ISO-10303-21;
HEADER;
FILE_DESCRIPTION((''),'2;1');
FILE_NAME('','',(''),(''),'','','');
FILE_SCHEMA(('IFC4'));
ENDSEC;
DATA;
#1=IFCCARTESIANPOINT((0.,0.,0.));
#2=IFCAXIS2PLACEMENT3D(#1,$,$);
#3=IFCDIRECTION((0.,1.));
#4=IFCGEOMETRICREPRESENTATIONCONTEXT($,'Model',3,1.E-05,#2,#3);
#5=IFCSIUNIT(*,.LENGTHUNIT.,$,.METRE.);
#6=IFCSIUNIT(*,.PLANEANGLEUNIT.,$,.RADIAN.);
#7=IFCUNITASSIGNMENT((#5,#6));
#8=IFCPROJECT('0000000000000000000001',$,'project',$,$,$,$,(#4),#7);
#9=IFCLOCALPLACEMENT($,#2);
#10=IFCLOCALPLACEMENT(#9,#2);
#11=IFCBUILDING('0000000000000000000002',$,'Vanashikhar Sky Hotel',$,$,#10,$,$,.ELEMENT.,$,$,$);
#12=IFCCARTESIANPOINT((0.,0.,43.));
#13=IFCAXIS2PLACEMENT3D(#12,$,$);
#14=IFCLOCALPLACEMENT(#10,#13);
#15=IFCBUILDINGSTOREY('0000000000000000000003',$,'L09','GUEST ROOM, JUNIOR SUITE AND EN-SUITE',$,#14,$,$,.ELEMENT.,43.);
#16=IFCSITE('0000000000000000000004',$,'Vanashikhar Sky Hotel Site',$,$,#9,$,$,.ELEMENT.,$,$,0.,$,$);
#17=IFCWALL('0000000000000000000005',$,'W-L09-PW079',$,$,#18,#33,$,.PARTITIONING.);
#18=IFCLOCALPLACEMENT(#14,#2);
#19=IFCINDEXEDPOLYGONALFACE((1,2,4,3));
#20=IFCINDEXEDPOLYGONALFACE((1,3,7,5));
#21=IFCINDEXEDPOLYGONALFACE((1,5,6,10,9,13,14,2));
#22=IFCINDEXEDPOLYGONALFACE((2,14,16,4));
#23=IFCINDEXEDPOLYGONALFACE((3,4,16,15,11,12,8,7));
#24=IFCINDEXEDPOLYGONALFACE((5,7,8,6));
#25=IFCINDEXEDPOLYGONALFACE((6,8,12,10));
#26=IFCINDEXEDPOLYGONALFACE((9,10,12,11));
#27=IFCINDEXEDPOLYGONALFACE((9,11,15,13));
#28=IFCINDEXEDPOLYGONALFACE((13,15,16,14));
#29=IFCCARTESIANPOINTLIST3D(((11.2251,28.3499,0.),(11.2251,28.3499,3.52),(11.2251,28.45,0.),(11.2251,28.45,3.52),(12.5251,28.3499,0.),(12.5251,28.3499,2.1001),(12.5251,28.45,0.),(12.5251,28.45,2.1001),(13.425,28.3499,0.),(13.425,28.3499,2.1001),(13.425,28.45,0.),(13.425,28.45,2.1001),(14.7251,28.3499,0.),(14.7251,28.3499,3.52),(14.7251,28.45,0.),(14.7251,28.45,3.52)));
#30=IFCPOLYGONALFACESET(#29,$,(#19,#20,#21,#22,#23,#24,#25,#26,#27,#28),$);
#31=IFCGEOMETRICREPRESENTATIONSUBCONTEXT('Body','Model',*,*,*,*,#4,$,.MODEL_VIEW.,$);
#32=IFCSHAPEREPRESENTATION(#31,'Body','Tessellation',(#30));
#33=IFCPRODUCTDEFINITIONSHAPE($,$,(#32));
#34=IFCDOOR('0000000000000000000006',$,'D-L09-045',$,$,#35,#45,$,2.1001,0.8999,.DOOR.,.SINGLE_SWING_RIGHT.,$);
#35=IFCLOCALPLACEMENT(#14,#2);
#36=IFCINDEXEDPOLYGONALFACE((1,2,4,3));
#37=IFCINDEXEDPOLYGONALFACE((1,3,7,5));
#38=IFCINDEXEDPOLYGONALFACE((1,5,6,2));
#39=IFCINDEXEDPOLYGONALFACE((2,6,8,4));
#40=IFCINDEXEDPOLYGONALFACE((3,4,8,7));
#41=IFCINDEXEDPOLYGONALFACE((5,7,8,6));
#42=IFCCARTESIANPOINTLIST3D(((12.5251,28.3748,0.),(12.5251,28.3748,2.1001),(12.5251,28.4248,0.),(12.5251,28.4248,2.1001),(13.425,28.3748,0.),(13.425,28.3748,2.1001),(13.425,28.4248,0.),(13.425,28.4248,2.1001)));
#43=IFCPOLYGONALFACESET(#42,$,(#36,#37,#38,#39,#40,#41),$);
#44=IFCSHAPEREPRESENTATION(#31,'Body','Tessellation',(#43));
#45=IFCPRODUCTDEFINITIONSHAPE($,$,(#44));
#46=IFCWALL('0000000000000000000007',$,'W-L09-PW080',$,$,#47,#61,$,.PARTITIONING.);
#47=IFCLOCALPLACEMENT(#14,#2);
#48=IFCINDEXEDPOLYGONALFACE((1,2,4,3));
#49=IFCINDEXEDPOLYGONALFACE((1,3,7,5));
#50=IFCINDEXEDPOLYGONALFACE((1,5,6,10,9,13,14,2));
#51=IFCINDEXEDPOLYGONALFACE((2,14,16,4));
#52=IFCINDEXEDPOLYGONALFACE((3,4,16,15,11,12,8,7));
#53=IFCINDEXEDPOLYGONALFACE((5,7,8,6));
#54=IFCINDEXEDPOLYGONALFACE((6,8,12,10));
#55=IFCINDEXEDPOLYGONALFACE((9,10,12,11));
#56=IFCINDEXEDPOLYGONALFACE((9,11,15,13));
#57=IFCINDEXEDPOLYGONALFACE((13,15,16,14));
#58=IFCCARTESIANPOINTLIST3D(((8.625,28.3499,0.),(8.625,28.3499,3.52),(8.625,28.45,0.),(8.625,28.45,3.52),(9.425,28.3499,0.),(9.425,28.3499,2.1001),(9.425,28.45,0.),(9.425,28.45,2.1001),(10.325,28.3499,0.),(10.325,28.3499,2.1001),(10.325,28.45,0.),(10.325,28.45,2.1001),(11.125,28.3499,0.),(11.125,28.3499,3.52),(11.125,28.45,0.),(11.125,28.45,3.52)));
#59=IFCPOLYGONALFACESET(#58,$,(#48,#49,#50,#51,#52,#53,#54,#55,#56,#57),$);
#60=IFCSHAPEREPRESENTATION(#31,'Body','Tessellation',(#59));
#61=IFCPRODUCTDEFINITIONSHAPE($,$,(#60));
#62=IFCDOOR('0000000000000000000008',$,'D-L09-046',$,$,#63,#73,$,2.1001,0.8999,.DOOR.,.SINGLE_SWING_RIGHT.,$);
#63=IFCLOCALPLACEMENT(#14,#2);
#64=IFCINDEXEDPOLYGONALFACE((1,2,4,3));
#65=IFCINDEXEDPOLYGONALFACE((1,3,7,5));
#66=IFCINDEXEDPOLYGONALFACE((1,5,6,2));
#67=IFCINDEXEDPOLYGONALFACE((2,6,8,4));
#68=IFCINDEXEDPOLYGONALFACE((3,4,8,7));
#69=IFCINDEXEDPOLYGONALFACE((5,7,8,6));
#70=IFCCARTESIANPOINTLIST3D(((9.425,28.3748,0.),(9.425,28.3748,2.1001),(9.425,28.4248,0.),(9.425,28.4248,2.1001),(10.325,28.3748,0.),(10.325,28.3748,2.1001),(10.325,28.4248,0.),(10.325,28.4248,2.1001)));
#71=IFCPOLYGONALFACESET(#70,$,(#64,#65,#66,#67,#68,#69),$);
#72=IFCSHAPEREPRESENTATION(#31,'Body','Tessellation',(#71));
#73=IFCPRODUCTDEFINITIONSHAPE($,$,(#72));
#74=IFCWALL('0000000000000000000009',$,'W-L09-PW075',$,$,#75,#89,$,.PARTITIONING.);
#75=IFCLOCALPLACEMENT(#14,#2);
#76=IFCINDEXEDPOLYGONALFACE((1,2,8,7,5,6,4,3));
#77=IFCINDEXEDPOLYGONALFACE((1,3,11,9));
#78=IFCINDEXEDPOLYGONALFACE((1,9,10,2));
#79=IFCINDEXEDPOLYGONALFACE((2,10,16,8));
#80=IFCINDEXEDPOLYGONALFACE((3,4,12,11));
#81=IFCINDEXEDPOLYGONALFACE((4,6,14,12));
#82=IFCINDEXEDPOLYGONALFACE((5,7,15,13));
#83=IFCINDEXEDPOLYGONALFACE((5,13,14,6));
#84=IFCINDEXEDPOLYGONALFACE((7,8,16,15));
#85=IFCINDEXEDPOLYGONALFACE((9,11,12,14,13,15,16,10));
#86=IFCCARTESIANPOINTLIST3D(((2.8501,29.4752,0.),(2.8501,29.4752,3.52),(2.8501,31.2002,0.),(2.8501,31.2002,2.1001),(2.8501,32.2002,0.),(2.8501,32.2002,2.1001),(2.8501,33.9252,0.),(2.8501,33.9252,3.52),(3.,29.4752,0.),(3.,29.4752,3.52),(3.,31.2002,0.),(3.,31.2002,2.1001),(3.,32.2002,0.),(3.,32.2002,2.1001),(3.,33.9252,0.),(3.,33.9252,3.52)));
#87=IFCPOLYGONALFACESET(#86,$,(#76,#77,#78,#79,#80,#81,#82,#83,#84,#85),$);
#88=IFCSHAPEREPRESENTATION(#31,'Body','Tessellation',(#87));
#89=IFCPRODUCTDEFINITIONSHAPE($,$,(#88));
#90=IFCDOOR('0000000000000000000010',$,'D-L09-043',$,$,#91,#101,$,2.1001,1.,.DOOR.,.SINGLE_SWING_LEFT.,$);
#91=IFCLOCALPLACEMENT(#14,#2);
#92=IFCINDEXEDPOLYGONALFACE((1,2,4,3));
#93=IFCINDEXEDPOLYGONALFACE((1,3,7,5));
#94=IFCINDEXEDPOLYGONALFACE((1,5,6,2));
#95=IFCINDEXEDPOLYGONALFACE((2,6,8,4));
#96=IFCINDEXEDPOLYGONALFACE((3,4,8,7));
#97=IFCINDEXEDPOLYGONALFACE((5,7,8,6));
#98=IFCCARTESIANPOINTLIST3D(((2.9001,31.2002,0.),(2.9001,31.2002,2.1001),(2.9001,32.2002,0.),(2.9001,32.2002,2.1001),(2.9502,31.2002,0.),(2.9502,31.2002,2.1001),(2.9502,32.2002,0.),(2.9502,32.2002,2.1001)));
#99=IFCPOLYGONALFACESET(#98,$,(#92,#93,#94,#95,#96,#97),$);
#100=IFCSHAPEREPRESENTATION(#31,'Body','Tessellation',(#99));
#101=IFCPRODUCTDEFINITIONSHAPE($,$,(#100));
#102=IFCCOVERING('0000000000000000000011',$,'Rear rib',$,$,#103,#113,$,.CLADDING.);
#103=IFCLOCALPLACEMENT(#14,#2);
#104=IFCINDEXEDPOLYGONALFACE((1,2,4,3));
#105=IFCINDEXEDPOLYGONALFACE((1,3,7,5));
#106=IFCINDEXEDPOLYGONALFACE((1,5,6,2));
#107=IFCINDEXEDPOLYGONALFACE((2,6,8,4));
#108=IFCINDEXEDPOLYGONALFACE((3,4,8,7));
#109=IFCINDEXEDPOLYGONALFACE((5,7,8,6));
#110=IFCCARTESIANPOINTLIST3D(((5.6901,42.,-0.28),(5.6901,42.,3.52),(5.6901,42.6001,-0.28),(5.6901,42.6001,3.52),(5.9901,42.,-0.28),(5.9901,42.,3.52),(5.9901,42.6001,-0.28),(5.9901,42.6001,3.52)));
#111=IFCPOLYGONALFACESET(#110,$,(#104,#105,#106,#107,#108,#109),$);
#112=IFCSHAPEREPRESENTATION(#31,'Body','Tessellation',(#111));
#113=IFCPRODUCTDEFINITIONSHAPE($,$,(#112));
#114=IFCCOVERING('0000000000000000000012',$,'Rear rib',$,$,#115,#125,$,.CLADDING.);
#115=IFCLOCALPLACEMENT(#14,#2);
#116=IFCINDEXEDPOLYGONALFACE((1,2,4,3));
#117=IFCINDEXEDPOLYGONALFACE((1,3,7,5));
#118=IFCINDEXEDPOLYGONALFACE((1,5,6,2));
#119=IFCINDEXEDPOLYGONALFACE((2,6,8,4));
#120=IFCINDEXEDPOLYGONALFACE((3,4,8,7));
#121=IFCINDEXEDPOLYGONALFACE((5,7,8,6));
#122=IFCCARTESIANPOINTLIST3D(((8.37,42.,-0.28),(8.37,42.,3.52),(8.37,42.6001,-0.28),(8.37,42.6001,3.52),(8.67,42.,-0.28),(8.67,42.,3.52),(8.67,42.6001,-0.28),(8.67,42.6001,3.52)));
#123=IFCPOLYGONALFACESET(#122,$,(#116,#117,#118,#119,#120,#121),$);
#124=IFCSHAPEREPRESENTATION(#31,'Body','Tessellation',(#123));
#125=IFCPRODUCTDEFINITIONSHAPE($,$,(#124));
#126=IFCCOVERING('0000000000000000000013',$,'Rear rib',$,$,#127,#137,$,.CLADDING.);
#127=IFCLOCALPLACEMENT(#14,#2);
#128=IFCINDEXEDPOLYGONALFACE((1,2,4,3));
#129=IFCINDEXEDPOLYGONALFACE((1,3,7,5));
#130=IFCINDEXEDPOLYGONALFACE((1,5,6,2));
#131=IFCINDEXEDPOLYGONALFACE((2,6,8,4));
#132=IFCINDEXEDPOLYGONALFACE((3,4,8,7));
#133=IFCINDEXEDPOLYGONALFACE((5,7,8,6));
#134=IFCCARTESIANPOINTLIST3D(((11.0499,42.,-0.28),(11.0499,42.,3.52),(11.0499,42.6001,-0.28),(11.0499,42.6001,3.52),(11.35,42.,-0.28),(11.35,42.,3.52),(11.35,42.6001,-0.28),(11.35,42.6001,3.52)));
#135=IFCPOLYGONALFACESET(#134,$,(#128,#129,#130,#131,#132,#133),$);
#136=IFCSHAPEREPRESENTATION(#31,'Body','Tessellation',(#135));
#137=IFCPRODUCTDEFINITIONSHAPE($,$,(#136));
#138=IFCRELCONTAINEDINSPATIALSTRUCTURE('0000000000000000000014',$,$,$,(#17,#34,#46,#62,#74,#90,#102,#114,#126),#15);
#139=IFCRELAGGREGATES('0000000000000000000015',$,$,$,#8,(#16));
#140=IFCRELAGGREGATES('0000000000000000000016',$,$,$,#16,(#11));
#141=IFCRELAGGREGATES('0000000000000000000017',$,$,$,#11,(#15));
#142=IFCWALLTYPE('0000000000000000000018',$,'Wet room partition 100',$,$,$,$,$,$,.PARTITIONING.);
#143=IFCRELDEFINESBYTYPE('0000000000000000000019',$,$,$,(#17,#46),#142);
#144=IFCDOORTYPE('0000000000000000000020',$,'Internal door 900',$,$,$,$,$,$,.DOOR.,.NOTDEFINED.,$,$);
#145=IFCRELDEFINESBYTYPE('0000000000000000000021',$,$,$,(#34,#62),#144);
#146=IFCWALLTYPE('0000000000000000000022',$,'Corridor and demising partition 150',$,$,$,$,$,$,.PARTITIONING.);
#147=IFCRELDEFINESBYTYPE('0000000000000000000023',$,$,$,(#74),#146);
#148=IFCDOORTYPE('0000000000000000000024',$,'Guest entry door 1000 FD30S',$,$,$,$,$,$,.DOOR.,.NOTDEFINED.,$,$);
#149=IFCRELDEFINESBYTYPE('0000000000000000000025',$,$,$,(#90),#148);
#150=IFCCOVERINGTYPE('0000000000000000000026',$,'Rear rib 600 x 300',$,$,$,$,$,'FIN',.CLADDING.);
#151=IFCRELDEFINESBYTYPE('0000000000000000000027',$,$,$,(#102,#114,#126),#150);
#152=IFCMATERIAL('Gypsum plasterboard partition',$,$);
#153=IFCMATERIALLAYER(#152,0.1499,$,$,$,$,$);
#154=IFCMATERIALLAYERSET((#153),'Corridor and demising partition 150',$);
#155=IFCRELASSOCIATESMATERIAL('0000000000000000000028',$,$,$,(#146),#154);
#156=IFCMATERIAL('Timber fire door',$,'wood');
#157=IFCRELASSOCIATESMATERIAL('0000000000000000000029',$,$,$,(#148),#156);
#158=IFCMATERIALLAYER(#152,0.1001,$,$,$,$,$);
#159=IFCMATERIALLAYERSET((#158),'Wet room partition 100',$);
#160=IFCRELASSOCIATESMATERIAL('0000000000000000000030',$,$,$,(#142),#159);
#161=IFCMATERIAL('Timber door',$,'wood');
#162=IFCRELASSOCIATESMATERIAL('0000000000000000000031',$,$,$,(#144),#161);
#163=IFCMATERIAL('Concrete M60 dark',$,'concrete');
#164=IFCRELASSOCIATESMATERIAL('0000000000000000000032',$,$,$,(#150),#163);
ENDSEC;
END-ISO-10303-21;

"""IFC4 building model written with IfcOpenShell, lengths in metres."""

from ifc_helpers import new_model, si_unit, direction, frame, frame_2d, origin, origin_2d, place, context, subcontext, project, spatial, rectangle, extrude, source, transform, mapped, material, layer, layer_set, material_profile, profile_set, type_object, element, fill, save


model = new_model("IFC4")

# Units and contexts
model_context = context("Model", 3, precision=1e-05, world=origin(), true_north=direction((0.0, 1.0)))
body_context = subcontext(model_context, "Body", "Model", "MODEL_VIEW")
ifc_project = project(units=[si_unit("LENGTHUNIT", "METRE"), si_unit("PLANEANGLEUNIT", "RADIAN")], contexts=[model_context])

# Site, building, storey
site_placement = place(None, origin())
site = spatial("IfcSite", under=ifc_project, at=site_placement, Name="Vanashikhar Sky Hotel Site", CompositionType="ELEMENT", RefElevation=0.0)
building_placement = place(site_placement, origin())
building = spatial("IfcBuilding", under=site, at=building_placement, Name="Vanashikhar Sky Hotel", CompositionType="ELEMENT")
storey_placement = place(building_placement, frame((0.0, 0.0, 43.0)))
storey = spatial("IfcBuildingStorey", under=building, at=storey_placement, Name="L09", Description="GUEST ROOM, JUNIOR SUITE AND EN-SUITE", CompositionType="ELEMENT", Elevation=43.0)

# Shared definitions
ifc_material_1 = material(Name="Gypsum plasterboard partition")
ifc_layer_1 = layer(ifc_material_1, 0.1499)
ifc_layer_set_1 = layer_set([ifc_layer_1], Name="Corridor and demising partition 150")
wall_type_1 = type_object("IfcWallType", Name="Corridor and demising partition 150", PredefinedType="PARTITIONING", material=ifc_layer_set_1)

# Walls, openings, doors
shared_shape_1 = source(origin(), body_context, "Body", "SweptSolid", [
    extrude(rectangle(XDim=1.0, YDim=2.1001, at=frame_2d((0.5, 1.05))), frame((0.0, 0.085, 0.0), z_axis=(0.0, -1.0, 0.0), x_axis=(1.0, 0.0, 0.0)), (0.0, 0.0, 1.0), 0.1699),
])
ifc_material_2 = material(Name="Timber fire door", Category="wood")
door_type_1 = type_object("IfcDoorType", Name="Guest entry door 1000 FD30S", OperationType="NOTDEFINED", PredefinedType="DOOR", material=ifc_material_2)
shared_shape_2 = source(origin(), body_context, "Body", "SweptSolid", [
    extrude(rectangle(XDim=1.0, YDim=2.1001, at=frame_2d((0.5, 1.05))), frame((0.0, 0.0249, 0.0), z_axis=(0.0, -1.0, 0.0), x_axis=(1.0, 0.0, 0.0)), (0.0, 0.0, 1.0), 0.05),
])
ifc_layer_2 = layer(ifc_material_1, 0.1001)
ifc_layer_set_2 = layer_set([ifc_layer_2], Name="Wet room partition 100")
wall_type_2 = type_object("IfcWallType", Name="Wet room partition 100", PredefinedType="PARTITIONING", material=ifc_layer_set_2)
shared_shape_3 = source(origin(), body_context, "Body", "SweptSolid", [
    extrude(rectangle(XDim=3.5, YDim=0.1001, at=frame_2d((1.75, 0.0))), origin(), (0.0, 0.0, 1.0), 3.52),
])
wall_1_placement = place(storey_placement, frame((11.2251, 28.3999, 0.0), z_axis=(0.0, 0.0, 1.0), x_axis=(1.0, 0.0, 0.0)))
wall_1 = element("IfcWall", 1, at=wall_1_placement, inside=storey, type_object=wall_type_2, Name="W-L09-PW079", PredefinedType="PARTITIONING", context=body_context, shape_type="MappedRepresentation", body=[
    mapped(shared_shape_3, transform((0.0, 0.0, 0.0), scale=1.0)),
])
shared_shape_4 = source(origin(), body_context, "Body", "SweptSolid", [
    extrude(rectangle(XDim=0.8999, YDim=2.1001, at=frame_2d((0.45, 1.05))), frame((0.0, 0.0601, 0.0), z_axis=(0.0, -1.0, 0.0), x_axis=(1.0, 0.0, 0.0)), (0.0, 0.0, 1.0), 0.1201),
])
opening_1_placement = place(wall_1_placement, frame((1.3, 0.0, 0.0)))
opening_1 = element("IfcOpeningElement", 2, at=opening_1_placement, cuts=wall_1, PredefinedType="OPENING", context=body_context, shape_type="MappedRepresentation", body=[
    mapped(shared_shape_4, transform((0.0, 0.0, 0.0), scale=1.0)),
])
ifc_material_3 = material(Name="Timber door", Category="wood")
door_type_2 = type_object("IfcDoorType", Name="Internal door 900", OperationType="NOTDEFINED", PredefinedType="DOOR", material=ifc_material_3)
shared_shape_5 = source(origin(), body_context, "Body", "SweptSolid", [
    extrude(rectangle(XDim=0.8999, YDim=2.1001, at=frame_2d((0.45, 1.05))), frame((0.0, 0.0249, 0.0), z_axis=(0.0, -1.0, 0.0), x_axis=(1.0, 0.0, 0.0)), (0.0, 0.0, 1.0), 0.05),
])
door_1_placement = place(opening_1_placement, origin())
door_1 = element("IfcDoor", 3, at=door_1_placement, inside=storey, type_object=door_type_2, Name="D-L09-045", OperationType="SINGLE_SWING_RIGHT", OverallHeight=2.1001, OverallWidth=0.8999, PredefinedType="DOOR", context=body_context, shape_type="MappedRepresentation", body=[
    mapped(shared_shape_5, transform((0.0, 0.0, 0.0), scale=1.0)),
])
fill(opening_1, door_1)
shared_shape_6 = source(origin(), body_context, "Body", "SweptSolid", [
    extrude(rectangle(XDim=2.5, YDim=0.1001, at=frame_2d((1.25, 0.0))), origin(), (0.0, 0.0, 1.0), 3.52),
])
wall_2_placement = place(storey_placement, frame((8.625, 28.3999, 0.0), z_axis=(0.0, 0.0, 1.0), x_axis=(1.0, 0.0, 0.0)))
wall_2 = element("IfcWall", 4, at=wall_2_placement, inside=storey, type_object=wall_type_2, Name="W-L09-PW080", PredefinedType="PARTITIONING", context=body_context, shape_type="MappedRepresentation", body=[
    mapped(shared_shape_6, transform((0.0, 0.0, 0.0), scale=1.0)),
])
opening_2_placement = place(wall_2_placement, frame((0.8, 0.0, 0.0)))
opening_2 = element("IfcOpeningElement", 5, at=opening_2_placement, cuts=wall_2, PredefinedType="OPENING", context=body_context, shape_type="MappedRepresentation", body=[
    mapped(shared_shape_4, transform((0.0, 0.0, 0.0), scale=1.0)),
])
door_2_placement = place(opening_2_placement, origin())
door_2 = element("IfcDoor", 6, at=door_2_placement, inside=storey, type_object=door_type_2, Name="D-L09-046", OperationType="SINGLE_SWING_RIGHT", OverallHeight=2.1001, OverallWidth=0.8999, PredefinedType="DOOR", context=body_context, shape_type="MappedRepresentation", body=[
    mapped(shared_shape_5, transform((0.0, 0.0, 0.0), scale=1.0)),
])
fill(opening_2, door_2)
shared_shape_7 = source(origin(), body_context, "Body", "SweptSolid", [
    extrude(rectangle(XDim=4.45, YDim=0.1499, at=frame_2d((2.2251, 0.0))), origin(), (0.0, 0.0, 1.0), 3.52),
])
wall_3_placement = place(storey_placement, frame((2.925, 29.4751, 0.0), z_axis=(0.0, 0.0, 1.0), x_axis=(0.0, 1.0, 0.0)))
wall_3 = element("IfcWall", 7, at=wall_3_placement, inside=storey, type_object=wall_type_1, Name="W-L09-PW075", PredefinedType="PARTITIONING", context=body_context, shape_type="MappedRepresentation", body=[
    mapped(shared_shape_7, transform((0.0, 0.0, 0.0), scale=1.0)),
])
opening_3_placement = place(wall_3_placement, frame((1.7251, 0.0, 0.0)))
opening_3 = element("IfcOpeningElement", 8, at=opening_3_placement, cuts=wall_3, PredefinedType="OPENING", context=body_context, shape_type="MappedRepresentation", body=[
    mapped(shared_shape_1, transform((0.0, 0.0, 0.0), scale=1.0)),
])
door_3_placement = place(opening_3_placement, origin())
door_3 = element("IfcDoor", 9, at=door_3_placement, inside=storey, type_object=door_type_1, Name="D-L09-043", OperationType="SINGLE_SWING_LEFT", OverallHeight=2.1001, OverallWidth=1.0, PredefinedType="DOOR", context=body_context, shape_type="MappedRepresentation", body=[
    mapped(shared_shape_2, transform((0.0, 0.0, 0.0), scale=1.0)),
])
fill(opening_3, door_3)

# Coverings
ifc_material_4 = material(Name="Concrete M60 dark", Category="concrete")
ifc_material_profile_1 = material_profile(ifc_material_4, rectangle(XDim=0.6001, YDim=0.3, at=origin_2d()))
ifc_profile_set_1 = profile_set([ifc_material_profile_1], Name="Rear rib 600 x 300")
covering_type = type_object("IfcCoveringType", Name="Rear rib 600 x 300", ElementType="FIN", PredefinedType="CLADDING", material=ifc_profile_set_1)
shared_shape_8 = source(origin(), body_context, "Body", "SweptSolid", [
    extrude(rectangle(XDim=0.6001, YDim=0.3, at=origin_2d()), origin(), (0.0, 0.0, 1.0), 3.8),
])
for number, where, z_axis, x_axis, name in (
    (10, (5.8401, 42.3, -0.28), (0.0, 0.0, 1.0), (0.0, 1.0, 0.0), "Rear rib"),
    (11, (8.52, 42.3, -0.28), (0.0, 0.0, 1.0), (0.0, 1.0, 0.0), "Rear rib"),
    (12, (11.2, 42.3, -0.28), (0.0, 0.0, 1.0), (0.0, 1.0, 0.0), "Rear rib"),
):
    element("IfcCovering", number, at=place(storey_placement, frame(where, z_axis=z_axis, x_axis=x_axis)), inside=storey, type_object=covering_type, Name=name, PredefinedType="CLADDING", context=body_context, shape_type="MappedRepresentation", body=[
        mapped(shared_shape_8, transform((0.0, 0.0, 0.0), scale=1.0)),
    ])

save(model, "model.ifc")
